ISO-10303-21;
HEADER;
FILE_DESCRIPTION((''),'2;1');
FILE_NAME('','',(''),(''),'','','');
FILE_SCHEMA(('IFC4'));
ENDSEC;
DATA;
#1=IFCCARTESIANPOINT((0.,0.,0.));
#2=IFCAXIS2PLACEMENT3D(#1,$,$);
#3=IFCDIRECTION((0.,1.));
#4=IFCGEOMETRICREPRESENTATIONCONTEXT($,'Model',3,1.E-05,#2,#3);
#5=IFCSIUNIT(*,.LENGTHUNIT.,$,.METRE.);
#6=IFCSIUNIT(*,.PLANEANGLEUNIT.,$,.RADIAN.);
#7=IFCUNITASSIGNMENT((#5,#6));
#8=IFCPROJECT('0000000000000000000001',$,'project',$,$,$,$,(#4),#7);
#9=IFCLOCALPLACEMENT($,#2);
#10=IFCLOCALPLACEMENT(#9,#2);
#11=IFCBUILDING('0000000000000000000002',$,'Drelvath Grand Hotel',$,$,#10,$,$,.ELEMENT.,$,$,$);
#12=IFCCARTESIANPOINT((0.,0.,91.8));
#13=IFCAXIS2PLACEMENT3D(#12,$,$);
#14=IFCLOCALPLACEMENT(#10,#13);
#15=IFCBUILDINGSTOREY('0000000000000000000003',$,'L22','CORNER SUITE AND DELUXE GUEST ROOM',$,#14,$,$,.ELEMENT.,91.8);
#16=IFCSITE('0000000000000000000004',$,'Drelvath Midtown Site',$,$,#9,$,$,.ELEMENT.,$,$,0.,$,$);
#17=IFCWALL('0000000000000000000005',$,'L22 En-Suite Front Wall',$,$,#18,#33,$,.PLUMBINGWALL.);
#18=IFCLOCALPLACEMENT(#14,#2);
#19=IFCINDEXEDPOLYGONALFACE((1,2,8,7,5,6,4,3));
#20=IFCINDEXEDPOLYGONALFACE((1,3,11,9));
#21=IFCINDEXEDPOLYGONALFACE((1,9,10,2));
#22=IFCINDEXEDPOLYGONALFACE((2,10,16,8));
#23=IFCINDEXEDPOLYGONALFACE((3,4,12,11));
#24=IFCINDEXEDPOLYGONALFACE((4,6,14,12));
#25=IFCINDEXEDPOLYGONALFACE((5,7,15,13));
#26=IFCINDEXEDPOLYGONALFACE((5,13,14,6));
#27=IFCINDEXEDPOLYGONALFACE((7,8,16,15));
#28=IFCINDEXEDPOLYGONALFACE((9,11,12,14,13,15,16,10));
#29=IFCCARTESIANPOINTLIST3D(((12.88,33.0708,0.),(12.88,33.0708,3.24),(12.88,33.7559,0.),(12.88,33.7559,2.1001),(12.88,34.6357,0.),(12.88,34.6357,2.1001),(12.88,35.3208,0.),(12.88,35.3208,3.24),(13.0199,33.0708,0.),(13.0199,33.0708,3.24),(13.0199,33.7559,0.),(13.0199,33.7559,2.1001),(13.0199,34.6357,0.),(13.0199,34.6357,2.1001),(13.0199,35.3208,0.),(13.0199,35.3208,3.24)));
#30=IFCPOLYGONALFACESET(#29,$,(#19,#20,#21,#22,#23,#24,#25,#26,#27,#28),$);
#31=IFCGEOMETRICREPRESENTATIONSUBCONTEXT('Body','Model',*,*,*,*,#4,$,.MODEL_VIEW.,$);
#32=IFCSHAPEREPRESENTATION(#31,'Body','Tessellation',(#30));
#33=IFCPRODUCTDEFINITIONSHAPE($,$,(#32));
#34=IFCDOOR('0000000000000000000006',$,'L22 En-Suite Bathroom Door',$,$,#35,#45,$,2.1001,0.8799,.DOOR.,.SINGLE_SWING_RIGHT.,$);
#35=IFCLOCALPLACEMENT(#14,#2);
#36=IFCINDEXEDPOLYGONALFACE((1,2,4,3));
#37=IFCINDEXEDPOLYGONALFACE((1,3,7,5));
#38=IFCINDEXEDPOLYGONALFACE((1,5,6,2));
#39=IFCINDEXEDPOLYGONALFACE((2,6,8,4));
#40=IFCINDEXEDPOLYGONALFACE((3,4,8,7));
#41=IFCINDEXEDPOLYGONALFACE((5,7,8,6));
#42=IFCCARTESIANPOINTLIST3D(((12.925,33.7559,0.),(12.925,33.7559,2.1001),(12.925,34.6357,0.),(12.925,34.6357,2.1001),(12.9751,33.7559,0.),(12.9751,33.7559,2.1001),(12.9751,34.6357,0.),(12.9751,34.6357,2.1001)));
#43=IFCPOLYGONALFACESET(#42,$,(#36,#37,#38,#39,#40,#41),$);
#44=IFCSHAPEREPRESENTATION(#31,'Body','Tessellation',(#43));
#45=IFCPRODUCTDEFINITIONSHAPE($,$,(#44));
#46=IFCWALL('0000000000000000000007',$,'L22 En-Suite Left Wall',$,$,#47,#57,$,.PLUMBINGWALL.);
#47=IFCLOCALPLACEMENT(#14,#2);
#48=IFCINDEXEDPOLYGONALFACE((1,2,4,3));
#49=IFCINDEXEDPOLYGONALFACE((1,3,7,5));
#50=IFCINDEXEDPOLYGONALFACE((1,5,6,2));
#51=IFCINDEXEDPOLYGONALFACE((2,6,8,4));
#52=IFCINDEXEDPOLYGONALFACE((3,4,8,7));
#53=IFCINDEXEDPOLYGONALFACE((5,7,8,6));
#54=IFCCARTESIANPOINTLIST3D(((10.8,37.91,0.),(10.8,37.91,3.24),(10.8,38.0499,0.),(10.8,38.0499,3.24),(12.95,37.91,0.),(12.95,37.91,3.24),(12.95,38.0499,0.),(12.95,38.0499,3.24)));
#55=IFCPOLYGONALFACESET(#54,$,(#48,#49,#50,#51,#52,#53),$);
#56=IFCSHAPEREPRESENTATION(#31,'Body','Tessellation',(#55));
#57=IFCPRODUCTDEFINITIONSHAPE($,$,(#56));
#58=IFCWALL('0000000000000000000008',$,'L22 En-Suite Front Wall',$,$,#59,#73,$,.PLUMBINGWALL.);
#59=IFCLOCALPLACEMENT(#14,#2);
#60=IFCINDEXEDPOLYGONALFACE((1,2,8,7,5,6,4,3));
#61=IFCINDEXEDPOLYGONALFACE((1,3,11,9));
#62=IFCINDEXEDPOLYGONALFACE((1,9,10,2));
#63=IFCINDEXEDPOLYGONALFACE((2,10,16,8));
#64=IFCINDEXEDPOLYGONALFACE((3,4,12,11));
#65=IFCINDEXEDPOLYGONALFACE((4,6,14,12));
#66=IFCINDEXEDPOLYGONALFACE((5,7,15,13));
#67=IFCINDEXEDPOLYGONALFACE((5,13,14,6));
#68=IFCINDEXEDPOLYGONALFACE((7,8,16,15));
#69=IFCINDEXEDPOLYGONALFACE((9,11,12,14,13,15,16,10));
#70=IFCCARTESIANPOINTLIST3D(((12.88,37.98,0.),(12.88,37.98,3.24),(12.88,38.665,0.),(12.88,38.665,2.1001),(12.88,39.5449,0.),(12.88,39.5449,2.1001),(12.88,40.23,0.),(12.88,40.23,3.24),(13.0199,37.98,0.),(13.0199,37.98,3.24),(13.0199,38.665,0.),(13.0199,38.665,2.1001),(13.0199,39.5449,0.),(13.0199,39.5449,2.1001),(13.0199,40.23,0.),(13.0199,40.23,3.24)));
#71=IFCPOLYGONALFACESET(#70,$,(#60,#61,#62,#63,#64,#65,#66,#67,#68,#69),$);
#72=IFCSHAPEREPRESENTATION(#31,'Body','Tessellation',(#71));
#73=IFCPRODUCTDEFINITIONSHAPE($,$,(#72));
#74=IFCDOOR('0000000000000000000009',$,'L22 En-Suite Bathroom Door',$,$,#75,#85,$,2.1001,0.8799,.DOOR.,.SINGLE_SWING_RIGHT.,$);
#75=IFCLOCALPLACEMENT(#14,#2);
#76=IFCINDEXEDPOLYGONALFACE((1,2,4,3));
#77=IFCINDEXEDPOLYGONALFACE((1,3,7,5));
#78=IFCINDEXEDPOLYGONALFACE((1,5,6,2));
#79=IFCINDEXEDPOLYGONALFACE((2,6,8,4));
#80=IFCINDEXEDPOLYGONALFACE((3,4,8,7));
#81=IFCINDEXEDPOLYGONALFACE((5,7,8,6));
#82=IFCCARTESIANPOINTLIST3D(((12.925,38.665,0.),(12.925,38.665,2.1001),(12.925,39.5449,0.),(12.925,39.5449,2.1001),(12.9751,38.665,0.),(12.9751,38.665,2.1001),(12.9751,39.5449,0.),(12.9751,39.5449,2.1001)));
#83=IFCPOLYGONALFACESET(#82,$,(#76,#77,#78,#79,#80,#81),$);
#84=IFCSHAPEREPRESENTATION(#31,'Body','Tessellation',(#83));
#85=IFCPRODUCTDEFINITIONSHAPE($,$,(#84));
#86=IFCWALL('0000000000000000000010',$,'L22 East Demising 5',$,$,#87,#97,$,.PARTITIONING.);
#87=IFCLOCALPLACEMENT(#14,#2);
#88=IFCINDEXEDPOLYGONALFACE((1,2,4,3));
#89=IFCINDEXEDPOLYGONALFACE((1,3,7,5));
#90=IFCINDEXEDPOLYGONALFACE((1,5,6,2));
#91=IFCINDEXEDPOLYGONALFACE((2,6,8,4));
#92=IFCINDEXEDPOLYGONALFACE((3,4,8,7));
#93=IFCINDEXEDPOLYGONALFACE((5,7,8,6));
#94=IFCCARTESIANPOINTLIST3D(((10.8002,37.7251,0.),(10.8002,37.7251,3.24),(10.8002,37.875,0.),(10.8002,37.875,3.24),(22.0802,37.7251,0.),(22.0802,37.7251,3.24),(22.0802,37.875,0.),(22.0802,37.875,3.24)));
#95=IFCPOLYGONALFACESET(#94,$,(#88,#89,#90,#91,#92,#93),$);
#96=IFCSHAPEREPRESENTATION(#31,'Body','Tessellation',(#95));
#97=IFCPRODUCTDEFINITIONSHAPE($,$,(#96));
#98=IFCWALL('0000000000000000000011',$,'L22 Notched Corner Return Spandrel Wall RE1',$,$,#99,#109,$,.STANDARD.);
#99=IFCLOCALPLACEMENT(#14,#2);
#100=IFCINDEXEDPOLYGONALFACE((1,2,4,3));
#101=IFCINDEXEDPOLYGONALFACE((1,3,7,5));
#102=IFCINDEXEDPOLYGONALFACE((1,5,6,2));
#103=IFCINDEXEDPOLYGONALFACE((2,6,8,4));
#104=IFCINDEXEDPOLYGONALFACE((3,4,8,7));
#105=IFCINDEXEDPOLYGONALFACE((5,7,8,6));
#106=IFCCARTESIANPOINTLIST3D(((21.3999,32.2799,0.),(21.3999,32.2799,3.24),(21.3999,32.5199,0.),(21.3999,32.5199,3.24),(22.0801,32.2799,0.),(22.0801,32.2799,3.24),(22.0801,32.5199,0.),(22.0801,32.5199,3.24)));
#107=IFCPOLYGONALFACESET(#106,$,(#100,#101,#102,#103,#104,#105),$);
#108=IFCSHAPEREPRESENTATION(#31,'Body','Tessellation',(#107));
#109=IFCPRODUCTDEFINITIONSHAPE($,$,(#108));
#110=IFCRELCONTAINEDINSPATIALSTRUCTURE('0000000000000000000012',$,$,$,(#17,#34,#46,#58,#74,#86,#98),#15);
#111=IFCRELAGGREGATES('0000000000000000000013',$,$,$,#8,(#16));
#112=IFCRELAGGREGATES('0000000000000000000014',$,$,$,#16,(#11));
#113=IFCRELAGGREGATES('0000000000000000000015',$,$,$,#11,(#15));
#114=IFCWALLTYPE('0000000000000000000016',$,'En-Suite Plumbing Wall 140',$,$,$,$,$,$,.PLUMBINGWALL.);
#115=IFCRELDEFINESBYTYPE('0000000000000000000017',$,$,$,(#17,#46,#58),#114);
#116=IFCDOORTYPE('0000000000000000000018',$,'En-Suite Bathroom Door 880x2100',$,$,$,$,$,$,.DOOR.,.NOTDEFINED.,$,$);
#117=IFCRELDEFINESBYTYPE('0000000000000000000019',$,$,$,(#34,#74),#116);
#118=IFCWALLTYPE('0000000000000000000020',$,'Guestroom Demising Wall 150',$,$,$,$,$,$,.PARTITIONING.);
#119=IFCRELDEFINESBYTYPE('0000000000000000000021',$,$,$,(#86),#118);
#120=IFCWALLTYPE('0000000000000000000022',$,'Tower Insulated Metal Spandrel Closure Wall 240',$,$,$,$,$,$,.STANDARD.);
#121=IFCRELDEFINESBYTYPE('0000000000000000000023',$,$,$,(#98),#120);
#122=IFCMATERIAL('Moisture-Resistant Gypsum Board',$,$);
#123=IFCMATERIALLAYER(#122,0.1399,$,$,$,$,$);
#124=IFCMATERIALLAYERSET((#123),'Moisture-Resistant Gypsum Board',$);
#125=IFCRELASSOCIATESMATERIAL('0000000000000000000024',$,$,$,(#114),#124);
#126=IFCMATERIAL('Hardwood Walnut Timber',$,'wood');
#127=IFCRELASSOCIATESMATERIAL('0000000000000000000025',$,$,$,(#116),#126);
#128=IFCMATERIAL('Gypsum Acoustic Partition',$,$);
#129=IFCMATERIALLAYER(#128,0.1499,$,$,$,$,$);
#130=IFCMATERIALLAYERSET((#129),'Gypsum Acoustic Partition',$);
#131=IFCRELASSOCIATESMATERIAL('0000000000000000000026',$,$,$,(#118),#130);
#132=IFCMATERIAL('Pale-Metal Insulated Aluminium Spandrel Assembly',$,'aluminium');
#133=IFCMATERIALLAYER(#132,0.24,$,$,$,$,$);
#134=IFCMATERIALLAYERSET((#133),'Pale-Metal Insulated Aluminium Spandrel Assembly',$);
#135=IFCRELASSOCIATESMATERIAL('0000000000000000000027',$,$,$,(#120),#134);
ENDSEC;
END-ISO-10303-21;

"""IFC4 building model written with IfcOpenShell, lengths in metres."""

from ifc_helpers import new_model, si_unit, direction, frame, frame_2d, origin, place, context, subcontext, project, spatial, rectangle, extrude, material, layer, layer_set, type_object, element, fill, save


model = new_model("IFC4")

# Units and contexts
model_context = context("Model", 3, precision=1e-05, world=origin(), true_north=direction((0.0, 1.0)))
body_context = subcontext(model_context, "Body", "Model", "MODEL_VIEW")
ifc_project = project(units=[si_unit("LENGTHUNIT", "METRE"), si_unit("PLANEANGLEUNIT", "RADIAN")], contexts=[model_context])

# Site, building, storey
site_placement = place(None, origin())
site = spatial("IfcSite", under=ifc_project, at=site_placement, Name="Drelvath Midtown Site", CompositionType="ELEMENT", RefElevation=0.0)
building_placement = place(site_placement, origin())
building = spatial("IfcBuilding", under=site, at=building_placement, Name="Drelvath Grand Hotel", CompositionType="ELEMENT")
storey_placement = place(building_placement, frame((0.0, 0.0, 91.8)))
storey = spatial("IfcBuildingStorey", under=building, at=storey_placement, Name="L22", Description="CORNER SUITE AND DELUXE GUEST ROOM", CompositionType="ELEMENT", Elevation=91.8)

# Shared definitions
ifc_material_1 = material(Name="Moisture-Resistant Gypsum Board")
ifc_layer_1 = layer(ifc_material_1, 0.1399)
ifc_layer_set_1 = layer_set([ifc_layer_1], Name="Moisture-Resistant Gypsum Board")
wall_type_1 = type_object("IfcWallType", Name="En-Suite Plumbing Wall 140", PredefinedType="PLUMBINGWALL", material=ifc_layer_set_1)

# Wall, opening, door
wall_1_placement = place(storey_placement, frame((12.95, 33.0708, 0.0), z_axis=(0.0, 0.0, 1.0), x_axis=(0.0, 1.0, 0.0)))
wall_1 = element("IfcWall", 1, at=wall_1_placement, inside=storey, type_object=wall_type_1, Name="L22 En-Suite Front Wall", PredefinedType="PLUMBINGWALL", context=body_context, shape_type="SweptSolid", body=[
    extrude(rectangle(XDim=2.25, YDim=0.1399, at=frame_2d((1.125, 0.0))), origin(), (0.0, 0.0, 1.0), 3.24),
])
opening_1_placement = place(wall_1_placement, frame((0.6851, 0.0, 0.0)))
opening_1 = element("IfcOpeningElement", 2, at=opening_1_placement, cuts=wall_1, PredefinedType="OPENING", context=body_context, shape_type="SweptSolid", body=[
    extrude(rectangle(XDim=0.8799, YDim=2.1001, at=frame_2d((0.4399, 1.05))), frame((0.0, 0.0798, 0.0), z_axis=(0.0, -1.0, 0.0), x_axis=(1.0, 0.0, 0.0)), (0.0, 0.0, 1.0), 0.1599),
])
ifc_material_2 = material(Name="Hardwood Walnut Timber", Category="wood")
door_type = type_object("IfcDoorType", Name="En-Suite Bathroom Door 880x2100", OperationType="NOTDEFINED", PredefinedType="DOOR", material=ifc_material_2)
door_1_placement = place(opening_1_placement, origin())
door_1 = element("IfcDoor", 3, at=door_1_placement, inside=storey, type_object=door_type, Name="L22 En-Suite Bathroom Door", OperationType="SINGLE_SWING_RIGHT", OverallHeight=2.1001, OverallWidth=0.8799, PredefinedType="DOOR", context=body_context, shape_type="SweptSolid", body=[
    extrude(rectangle(XDim=0.8799, YDim=2.1001, at=frame_2d((0.4399, 1.05))), frame((0.0, 0.0249, 0.0), z_axis=(0.0, -1.0, 0.0), x_axis=(1.0, 0.0, 0.0)), (0.0, 0.0, 1.0), 0.05),
])
fill(opening_1, door_1)

# Wall
wall_2_placement = place(storey_placement, frame((10.8, 37.98, 0.0), z_axis=(0.0, 0.0, 1.0), x_axis=(1.0, 0.0, 0.0)))
element("IfcWall", 4, at=wall_2_placement, inside=storey, type_object=wall_type_1, Name="L22 En-Suite Left Wall", PredefinedType="PLUMBINGWALL", context=body_context, shape_type="SweptSolid", body=[
    extrude(rectangle(XDim=2.1499, YDim=0.1399, at=frame_2d((1.075, 0.0))), origin(), (0.0, 0.0, 1.0), 3.24),
])

# Wall, opening, door
wall_3_placement = place(storey_placement, frame((12.95, 37.98, 0.0), z_axis=(0.0, 0.0, 1.0), x_axis=(0.0, 1.0, 0.0)))
wall_3 = element("IfcWall", 5, at=wall_3_placement, inside=storey, type_object=wall_type_1, Name="L22 En-Suite Front Wall", PredefinedType="PLUMBINGWALL", context=body_context, shape_type="SweptSolid", body=[
    extrude(rectangle(XDim=2.25, YDim=0.1399, at=frame_2d((1.125, 0.0))), origin(), (0.0, 0.0, 1.0), 3.24),
])
opening_2_placement = place(wall_3_placement, frame((0.6851, 0.0, 0.0)))
opening_2 = element("IfcOpeningElement", 6, at=opening_2_placement, cuts=wall_3, PredefinedType="OPENING", context=body_context, shape_type="SweptSolid", body=[
    extrude(rectangle(XDim=0.8799, YDim=2.1001, at=frame_2d((0.4399, 1.05))), frame((0.0, 0.0798, 0.0), z_axis=(0.0, -1.0, 0.0), x_axis=(1.0, 0.0, 0.0)), (0.0, 0.0, 1.0), 0.1599),
])
door_2_placement = place(opening_2_placement, origin())
door_2 = element("IfcDoor", 7, at=door_2_placement, inside=storey, type_object=door_type, Name="L22 En-Suite Bathroom Door", OperationType="SINGLE_SWING_RIGHT", OverallHeight=2.1001, OverallWidth=0.8799, PredefinedType="DOOR", context=body_context, shape_type="SweptSolid", body=[
    extrude(rectangle(XDim=0.8799, YDim=2.1001, at=frame_2d((0.4399, 1.05))), frame((0.0, 0.0249, 0.0), z_axis=(0.0, -1.0, 0.0), x_axis=(1.0, 0.0, 0.0)), (0.0, 0.0, 1.0), 0.05),
])
fill(opening_2, door_2)

# Walls
ifc_material_3 = material(Name="Gypsum Acoustic Partition")
ifc_layer_2 = layer(ifc_material_3, 0.1499)
ifc_layer_set_2 = layer_set([ifc_layer_2], Name="Gypsum Acoustic Partition")
wall_type_2 = type_object("IfcWallType", Name="Guestroom Demising Wall 150", PredefinedType="PARTITIONING", material=ifc_layer_set_2)
wall_4_placement = place(storey_placement, frame((10.8, 37.8, 0.0), z_axis=(0.0, 0.0, 1.0), x_axis=(1.0, 0.0, 0.0)))
element("IfcWall", 8, at=wall_4_placement, inside=storey, type_object=wall_type_2, Name="L22 East Demising 5", PredefinedType="PARTITIONING", context=body_context, shape_type="SweptSolid", body=[
    extrude(rectangle(XDim=11.28, YDim=0.1499, at=frame_2d((5.6401, 0.0))), origin(), (0.0, 0.0, 1.0), 3.24),
])
ifc_material_4 = material(Name="Pale-Metal Insulated Aluminium Spandrel Assembly", Category="aluminium")
ifc_layer_3 = layer(ifc_material_4, 0.24)
ifc_layer_set_3 = layer_set([ifc_layer_3], Name="Pale-Metal Insulated Aluminium Spandrel Assembly")
wall_type_3 = type_object("IfcWallType", Name="Tower Insulated Metal Spandrel Closure Wall 240", PredefinedType="STANDARD", material=ifc_layer_set_3)
wall_5_placement = place(storey_placement, frame((22.0801, 32.3999, 0.0), z_axis=(0.0, 0.0, 1.0), x_axis=(-1.0, 0.0, 0.0)))
element("IfcWall", 9, at=wall_5_placement, inside=storey, type_object=wall_type_3, Name="L22 Notched Corner Return Spandrel Wall RE1", PredefinedType="STANDARD", context=body_context, shape_type="SweptSolid", body=[
    extrude(rectangle(XDim=0.6802, YDim=0.24, at=frame_2d((0.3401, 0.0))), origin(), (0.0, 0.0, 1.0), 3.24),
])

save(model, "model.ifc")
